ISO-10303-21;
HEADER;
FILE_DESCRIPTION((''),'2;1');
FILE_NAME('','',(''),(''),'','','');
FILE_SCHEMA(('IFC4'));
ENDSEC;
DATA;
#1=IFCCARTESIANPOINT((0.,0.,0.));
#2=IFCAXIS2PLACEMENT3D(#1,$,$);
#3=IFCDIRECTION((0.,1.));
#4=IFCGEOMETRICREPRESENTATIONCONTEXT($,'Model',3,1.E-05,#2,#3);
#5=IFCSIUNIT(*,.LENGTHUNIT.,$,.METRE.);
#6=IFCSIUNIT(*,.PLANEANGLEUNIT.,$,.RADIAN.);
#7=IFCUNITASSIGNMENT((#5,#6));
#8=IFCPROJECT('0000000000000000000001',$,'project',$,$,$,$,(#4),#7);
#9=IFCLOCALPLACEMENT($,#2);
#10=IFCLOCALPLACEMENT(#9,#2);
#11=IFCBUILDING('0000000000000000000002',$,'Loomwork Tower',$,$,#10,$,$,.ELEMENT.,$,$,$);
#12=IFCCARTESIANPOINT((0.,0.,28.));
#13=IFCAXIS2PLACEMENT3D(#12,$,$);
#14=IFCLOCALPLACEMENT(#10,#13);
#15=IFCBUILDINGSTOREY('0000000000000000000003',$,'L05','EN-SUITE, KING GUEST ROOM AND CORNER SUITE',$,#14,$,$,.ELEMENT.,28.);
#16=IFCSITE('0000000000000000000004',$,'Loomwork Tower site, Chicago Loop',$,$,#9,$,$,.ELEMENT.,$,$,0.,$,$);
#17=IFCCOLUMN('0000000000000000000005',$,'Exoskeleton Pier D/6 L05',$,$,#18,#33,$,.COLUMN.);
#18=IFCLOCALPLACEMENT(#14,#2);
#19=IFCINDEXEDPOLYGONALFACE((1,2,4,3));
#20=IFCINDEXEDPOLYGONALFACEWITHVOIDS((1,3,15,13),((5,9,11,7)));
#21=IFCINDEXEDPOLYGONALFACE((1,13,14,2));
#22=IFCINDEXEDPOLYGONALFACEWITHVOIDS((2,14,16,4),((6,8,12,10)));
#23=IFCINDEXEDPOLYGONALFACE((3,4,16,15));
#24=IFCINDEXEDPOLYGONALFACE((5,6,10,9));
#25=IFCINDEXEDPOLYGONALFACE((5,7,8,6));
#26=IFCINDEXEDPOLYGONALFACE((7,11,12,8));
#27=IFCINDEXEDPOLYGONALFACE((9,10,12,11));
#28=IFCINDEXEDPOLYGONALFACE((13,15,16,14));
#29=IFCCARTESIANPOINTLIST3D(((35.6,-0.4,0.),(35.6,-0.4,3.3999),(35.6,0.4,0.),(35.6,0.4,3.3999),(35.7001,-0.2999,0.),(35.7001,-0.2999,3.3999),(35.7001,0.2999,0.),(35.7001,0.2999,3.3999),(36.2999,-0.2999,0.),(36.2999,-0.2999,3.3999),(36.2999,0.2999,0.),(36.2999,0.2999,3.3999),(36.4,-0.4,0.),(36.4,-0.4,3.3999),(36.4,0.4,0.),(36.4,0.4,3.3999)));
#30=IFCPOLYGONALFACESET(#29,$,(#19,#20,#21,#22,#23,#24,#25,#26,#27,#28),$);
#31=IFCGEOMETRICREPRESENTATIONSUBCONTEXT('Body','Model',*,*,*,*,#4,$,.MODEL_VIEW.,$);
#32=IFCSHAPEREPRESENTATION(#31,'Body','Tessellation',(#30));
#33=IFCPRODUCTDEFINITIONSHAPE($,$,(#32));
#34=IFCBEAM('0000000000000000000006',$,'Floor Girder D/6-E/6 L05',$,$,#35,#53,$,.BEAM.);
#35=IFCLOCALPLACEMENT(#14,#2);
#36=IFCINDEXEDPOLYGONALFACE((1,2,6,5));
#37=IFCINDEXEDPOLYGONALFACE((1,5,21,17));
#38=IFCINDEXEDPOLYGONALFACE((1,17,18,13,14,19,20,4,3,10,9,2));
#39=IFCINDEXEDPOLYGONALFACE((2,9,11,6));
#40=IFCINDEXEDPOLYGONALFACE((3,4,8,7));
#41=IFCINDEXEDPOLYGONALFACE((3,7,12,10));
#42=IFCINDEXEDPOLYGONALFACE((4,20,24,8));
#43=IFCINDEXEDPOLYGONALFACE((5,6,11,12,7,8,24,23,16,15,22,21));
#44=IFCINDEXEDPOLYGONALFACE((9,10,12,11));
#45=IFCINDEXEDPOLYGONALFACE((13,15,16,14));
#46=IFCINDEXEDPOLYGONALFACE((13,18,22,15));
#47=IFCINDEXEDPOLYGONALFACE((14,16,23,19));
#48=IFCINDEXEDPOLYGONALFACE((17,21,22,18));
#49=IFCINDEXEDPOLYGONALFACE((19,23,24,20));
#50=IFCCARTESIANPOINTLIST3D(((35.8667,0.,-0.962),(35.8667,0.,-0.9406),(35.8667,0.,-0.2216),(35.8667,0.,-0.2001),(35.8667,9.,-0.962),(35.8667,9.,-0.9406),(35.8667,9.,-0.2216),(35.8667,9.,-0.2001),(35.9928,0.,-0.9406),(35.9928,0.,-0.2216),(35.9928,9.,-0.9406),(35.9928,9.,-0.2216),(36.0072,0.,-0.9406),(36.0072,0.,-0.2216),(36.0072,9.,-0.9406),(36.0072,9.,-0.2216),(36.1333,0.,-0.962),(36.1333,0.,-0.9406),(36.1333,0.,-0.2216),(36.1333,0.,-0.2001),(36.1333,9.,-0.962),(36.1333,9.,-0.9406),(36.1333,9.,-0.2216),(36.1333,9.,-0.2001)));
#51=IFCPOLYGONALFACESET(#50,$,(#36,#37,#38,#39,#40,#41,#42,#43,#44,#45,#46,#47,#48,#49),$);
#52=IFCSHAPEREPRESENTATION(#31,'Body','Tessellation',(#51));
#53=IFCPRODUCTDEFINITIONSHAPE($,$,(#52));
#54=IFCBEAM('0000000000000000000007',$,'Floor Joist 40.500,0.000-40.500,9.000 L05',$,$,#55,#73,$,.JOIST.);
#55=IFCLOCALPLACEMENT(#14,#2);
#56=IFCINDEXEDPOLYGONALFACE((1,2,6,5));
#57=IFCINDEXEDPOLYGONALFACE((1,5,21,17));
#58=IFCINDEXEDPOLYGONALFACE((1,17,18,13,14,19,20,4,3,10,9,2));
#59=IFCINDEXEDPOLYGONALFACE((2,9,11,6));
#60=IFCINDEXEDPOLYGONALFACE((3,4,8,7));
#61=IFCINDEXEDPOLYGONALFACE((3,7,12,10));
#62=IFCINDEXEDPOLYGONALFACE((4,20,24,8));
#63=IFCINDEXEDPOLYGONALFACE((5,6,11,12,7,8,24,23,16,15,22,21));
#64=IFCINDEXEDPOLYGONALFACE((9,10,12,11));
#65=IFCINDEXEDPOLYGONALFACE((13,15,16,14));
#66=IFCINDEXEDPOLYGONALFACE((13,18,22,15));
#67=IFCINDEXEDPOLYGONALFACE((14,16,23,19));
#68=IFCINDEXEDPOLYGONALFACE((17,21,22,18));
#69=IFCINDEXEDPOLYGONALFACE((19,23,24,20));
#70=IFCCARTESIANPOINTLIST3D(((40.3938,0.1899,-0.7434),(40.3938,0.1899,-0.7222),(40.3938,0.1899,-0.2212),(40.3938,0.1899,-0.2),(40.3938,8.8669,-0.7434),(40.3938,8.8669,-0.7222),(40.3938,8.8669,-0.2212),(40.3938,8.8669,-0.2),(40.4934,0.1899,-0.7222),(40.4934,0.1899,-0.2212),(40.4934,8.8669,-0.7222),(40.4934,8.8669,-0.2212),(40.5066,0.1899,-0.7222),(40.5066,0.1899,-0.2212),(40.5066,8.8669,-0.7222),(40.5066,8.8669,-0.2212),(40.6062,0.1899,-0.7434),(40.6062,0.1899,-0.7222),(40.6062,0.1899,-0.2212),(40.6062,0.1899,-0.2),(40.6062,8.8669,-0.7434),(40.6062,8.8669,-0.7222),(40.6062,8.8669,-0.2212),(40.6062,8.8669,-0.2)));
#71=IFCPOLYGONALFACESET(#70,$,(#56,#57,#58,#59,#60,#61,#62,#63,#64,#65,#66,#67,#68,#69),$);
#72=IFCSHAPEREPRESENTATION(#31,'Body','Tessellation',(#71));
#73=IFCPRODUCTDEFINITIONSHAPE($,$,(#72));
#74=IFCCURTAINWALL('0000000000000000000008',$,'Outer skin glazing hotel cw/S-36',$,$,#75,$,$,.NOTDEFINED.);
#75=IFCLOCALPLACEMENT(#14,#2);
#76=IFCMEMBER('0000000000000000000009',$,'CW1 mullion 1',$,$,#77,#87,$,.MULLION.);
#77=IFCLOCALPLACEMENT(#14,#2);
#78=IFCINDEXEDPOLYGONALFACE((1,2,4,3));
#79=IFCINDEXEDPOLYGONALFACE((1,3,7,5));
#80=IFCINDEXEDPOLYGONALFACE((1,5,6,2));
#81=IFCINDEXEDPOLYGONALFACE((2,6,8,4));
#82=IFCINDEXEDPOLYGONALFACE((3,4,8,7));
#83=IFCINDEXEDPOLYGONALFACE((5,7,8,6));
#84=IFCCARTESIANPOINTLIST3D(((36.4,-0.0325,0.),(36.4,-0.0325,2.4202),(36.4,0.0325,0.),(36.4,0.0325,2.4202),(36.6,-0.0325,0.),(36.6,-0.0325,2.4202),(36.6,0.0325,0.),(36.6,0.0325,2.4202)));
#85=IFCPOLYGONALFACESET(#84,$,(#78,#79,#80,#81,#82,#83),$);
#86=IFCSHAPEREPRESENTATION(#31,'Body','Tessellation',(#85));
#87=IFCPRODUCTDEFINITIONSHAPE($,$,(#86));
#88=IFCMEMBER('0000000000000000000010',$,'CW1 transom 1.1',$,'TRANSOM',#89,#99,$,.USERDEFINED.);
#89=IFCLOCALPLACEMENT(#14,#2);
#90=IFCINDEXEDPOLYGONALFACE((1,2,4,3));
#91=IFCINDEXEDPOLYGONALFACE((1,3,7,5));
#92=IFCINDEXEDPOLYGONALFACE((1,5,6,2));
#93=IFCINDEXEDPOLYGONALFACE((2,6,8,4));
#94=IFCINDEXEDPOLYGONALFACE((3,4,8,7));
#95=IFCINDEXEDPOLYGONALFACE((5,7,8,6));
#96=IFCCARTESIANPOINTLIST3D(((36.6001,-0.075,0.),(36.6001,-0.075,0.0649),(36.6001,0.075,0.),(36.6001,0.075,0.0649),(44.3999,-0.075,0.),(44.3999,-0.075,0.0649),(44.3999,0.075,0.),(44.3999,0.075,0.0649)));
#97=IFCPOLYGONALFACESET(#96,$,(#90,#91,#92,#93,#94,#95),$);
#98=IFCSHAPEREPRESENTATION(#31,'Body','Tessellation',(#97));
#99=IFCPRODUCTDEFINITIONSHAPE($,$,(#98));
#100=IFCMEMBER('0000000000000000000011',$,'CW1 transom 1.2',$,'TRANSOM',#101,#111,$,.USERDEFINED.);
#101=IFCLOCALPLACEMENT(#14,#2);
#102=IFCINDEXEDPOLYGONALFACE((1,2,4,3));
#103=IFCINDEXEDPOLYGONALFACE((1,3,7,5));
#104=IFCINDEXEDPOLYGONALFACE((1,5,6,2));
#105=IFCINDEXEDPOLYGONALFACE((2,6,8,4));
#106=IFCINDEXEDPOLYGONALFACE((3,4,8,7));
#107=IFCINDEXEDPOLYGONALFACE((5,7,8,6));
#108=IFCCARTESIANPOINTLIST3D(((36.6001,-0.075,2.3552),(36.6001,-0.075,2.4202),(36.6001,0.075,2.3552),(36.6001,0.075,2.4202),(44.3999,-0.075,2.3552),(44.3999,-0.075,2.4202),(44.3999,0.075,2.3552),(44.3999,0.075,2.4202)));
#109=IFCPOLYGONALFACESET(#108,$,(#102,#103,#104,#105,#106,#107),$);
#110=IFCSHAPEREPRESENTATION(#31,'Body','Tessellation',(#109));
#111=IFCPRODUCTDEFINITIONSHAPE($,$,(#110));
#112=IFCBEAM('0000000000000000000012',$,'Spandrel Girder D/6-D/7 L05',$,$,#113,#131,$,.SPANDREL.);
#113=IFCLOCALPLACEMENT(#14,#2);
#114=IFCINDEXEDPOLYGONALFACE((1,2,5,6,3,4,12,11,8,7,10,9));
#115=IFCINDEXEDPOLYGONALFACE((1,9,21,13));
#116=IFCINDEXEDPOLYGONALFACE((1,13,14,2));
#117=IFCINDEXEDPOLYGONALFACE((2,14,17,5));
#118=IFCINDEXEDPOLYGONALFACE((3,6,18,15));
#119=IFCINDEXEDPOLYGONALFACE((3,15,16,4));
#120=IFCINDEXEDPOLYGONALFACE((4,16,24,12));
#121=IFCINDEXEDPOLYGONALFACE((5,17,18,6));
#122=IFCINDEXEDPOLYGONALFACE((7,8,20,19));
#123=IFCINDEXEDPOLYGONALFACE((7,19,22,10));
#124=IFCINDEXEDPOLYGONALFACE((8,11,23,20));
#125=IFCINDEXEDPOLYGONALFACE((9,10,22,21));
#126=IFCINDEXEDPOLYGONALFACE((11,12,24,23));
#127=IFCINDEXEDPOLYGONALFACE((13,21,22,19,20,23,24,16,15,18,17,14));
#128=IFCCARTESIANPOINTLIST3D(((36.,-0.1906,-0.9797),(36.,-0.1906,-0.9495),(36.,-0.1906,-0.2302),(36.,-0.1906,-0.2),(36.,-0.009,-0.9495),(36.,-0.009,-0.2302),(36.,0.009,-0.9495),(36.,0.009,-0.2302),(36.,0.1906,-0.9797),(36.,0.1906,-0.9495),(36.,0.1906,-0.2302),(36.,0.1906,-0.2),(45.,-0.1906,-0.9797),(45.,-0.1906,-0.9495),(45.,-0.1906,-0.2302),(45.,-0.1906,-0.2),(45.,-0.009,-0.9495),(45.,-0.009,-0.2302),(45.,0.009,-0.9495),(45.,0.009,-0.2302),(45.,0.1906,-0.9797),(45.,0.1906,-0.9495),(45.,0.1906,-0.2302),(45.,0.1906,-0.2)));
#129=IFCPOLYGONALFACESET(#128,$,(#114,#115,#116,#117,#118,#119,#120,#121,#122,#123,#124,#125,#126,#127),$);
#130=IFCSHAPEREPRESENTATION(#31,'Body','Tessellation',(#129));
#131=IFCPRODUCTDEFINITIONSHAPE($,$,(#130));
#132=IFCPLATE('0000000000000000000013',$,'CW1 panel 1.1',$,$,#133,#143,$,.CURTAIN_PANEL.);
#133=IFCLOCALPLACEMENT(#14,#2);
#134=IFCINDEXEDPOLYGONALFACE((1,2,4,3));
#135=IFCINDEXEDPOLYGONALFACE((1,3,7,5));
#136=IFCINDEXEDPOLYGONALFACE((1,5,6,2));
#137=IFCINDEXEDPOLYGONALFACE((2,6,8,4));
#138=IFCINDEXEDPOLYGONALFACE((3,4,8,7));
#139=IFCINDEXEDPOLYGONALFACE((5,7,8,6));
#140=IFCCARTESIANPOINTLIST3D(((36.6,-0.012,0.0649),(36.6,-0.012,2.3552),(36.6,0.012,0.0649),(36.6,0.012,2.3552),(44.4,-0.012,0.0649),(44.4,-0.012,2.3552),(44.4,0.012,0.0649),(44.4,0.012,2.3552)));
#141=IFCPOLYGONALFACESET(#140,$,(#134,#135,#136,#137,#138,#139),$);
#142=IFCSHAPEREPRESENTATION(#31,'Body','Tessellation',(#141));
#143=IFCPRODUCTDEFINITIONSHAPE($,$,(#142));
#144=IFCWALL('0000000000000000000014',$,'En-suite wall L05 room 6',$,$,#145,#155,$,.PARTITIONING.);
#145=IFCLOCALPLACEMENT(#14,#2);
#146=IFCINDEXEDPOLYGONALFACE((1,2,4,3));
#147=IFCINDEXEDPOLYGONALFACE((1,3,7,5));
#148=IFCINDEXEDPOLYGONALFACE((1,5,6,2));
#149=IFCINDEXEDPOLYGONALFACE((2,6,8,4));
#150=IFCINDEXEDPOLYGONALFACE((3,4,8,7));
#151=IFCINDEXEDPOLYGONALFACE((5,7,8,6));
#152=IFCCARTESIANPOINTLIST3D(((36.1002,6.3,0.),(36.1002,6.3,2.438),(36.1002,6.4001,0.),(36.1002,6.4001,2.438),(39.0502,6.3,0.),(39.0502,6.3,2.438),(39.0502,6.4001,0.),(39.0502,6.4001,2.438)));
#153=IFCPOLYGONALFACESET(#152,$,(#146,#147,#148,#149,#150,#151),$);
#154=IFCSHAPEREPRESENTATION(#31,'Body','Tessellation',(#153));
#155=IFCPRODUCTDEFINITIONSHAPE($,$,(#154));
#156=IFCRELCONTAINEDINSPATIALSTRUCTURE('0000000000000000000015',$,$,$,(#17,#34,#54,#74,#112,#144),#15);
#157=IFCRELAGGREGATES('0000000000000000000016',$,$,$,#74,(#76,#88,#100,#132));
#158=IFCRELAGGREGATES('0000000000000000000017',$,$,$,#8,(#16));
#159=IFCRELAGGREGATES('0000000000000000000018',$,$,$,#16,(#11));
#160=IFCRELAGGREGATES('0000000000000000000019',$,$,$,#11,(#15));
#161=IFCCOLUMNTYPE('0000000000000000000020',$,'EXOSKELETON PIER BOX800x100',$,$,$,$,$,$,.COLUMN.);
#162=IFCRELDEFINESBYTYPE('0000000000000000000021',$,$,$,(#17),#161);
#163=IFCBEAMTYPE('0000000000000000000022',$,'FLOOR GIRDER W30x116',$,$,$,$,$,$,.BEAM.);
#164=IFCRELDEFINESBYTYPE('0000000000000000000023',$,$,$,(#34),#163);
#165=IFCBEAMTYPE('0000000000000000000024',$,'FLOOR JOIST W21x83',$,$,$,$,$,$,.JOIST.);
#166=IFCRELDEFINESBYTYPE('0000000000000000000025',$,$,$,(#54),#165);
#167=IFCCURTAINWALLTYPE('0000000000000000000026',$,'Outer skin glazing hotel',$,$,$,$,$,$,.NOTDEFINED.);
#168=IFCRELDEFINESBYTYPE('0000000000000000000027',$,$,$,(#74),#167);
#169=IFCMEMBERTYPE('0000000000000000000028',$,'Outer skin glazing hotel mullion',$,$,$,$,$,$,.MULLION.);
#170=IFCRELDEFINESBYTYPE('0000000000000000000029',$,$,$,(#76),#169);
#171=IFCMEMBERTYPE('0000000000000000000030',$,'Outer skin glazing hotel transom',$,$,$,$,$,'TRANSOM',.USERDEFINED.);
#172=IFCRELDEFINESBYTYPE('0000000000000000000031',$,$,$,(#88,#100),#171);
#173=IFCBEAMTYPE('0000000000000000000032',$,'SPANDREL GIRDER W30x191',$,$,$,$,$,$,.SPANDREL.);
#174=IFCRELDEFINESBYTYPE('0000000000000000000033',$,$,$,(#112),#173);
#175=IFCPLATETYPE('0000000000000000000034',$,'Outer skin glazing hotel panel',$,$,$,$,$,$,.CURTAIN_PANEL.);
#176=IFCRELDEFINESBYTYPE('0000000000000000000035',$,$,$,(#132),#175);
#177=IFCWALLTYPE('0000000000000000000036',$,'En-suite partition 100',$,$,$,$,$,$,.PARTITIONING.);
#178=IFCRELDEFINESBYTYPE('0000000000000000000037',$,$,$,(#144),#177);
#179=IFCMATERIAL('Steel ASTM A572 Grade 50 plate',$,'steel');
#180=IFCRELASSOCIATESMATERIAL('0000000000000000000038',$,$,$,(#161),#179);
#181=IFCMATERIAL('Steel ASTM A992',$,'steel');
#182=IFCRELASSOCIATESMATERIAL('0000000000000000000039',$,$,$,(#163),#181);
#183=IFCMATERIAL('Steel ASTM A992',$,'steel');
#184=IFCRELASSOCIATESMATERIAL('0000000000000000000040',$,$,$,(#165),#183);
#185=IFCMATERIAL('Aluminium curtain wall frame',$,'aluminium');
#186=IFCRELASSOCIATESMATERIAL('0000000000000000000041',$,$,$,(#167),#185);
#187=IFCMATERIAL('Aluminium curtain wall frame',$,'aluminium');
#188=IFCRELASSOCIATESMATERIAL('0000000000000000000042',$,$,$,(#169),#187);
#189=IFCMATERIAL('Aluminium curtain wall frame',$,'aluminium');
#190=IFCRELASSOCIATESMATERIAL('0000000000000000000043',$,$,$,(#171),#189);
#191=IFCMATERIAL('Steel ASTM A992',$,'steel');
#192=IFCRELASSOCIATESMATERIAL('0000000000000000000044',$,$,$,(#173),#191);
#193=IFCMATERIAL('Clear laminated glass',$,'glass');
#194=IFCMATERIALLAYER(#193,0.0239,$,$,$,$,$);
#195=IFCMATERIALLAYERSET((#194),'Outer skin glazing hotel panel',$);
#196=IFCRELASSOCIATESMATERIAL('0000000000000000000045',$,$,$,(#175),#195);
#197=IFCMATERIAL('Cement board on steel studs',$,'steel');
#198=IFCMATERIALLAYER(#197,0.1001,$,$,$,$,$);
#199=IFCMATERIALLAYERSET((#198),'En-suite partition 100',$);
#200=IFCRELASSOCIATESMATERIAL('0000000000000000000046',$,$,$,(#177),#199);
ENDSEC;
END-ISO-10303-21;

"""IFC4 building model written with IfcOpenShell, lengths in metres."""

from ifc_helpers import new_model, si_unit, direction, frame, frame_2d, origin, origin_2d, place, context, subcontext, project, spatial, rectangle, hollow_rectangle, i_section, extrude, material, layer, layer_set, material_profile, profile_set, type_object, element, aggregate, save


model = new_model("IFC4")

# Units and contexts
model_context = context("Model", 3, precision=1e-05, world=origin(), true_north=direction((0.0, 1.0)))
body_context = subcontext(model_context, "Body", "Model", "MODEL_VIEW")
ifc_project = project(units=[si_unit("LENGTHUNIT", "METRE"), si_unit("PLANEANGLEUNIT", "RADIAN")], contexts=[model_context])

# Site, building, storey
site_placement = place(None, origin())
site = spatial("IfcSite", under=ifc_project, at=site_placement, Name="Loomwork Tower site, Chicago Loop", CompositionType="ELEMENT", RefElevation=0.0)
building_placement = place(site_placement, origin())
building = spatial("IfcBuilding", under=site, at=building_placement, Name="Loomwork Tower", CompositionType="ELEMENT")
storey_placement = place(building_placement, frame((0.0, 0.0, 28.0)))
storey = spatial("IfcBuildingStorey", under=building, at=storey_placement, Name="L05", Description="EN-SUITE, KING GUEST ROOM AND CORNER SUITE", CompositionType="ELEMENT", Elevation=28.0)

# Column
ifc_material_1 = material(Name="Steel ASTM A572 Grade 50 plate", Category="steel")
ifc_material_profile_1 = material_profile(ifc_material_1, hollow_rectangle(XDim=0.8, YDim=0.8, WallThickness=0.1001, at=origin_2d()), Name="BOX800x100")
ifc_profile_set_1 = profile_set([ifc_material_profile_1], Name="Steel ASTM A572 Grade 50 plate")
column_type = type_object("IfcColumnType", Name="EXOSKELETON PIER BOX800x100", PredefinedType="COLUMN", material=ifc_profile_set_1)
column_placement = place(storey_placement, frame((36.0, 0.0, 0.0), z_axis=(0.0, 0.0, 1.0), x_axis=(1.0, 0.0, 0.0)))
element("IfcColumn", 1, at=column_placement, inside=storey, type_object=column_type, Name="Exoskeleton Pier D/6 L05", PredefinedType="COLUMN", context=body_context, shape_type="SweptSolid", body=[
    extrude(hollow_rectangle(XDim=0.8, YDim=0.8, WallThickness=0.1001, at=origin_2d()), origin(), (0.0, 0.0, 1.0), 3.3999),
])

# Beams
ifc_material_2 = material(Name="Steel ASTM A992", Category="steel")
ifc_material_profile_2 = material_profile(ifc_material_2, i_section(OverallWidth=0.2666, OverallDepth=0.762, WebThickness=0.0144, FlangeThickness=0.0215, at=origin_2d()), Name="W30x116")
ifc_profile_set_2 = profile_set([ifc_material_profile_2], Name="Steel ASTM A992")
beam_type_1 = type_object("IfcBeamType", Name="FLOOR GIRDER W30x116", PredefinedType="BEAM", material=ifc_profile_set_2)
beam_1_placement = place(storey_placement, frame((36.0, 0.0, -0.5811), z_axis=(0.0, 1.0, 0.0), x_axis=(-1.0, 0.0, 0.0)))
element("IfcBeam", 2, at=beam_1_placement, inside=storey, type_object=beam_type_1, Name="Floor Girder D/6-E/6 L05", PredefinedType="BEAM", context=body_context, shape_type="SweptSolid", body=[
    extrude(i_section(OverallWidth=0.2666, OverallDepth=0.762, WebThickness=0.0144, FlangeThickness=0.0215, at=origin_2d()), origin(), (0.0, 0.0, 1.0), 9.0),
])
ifc_material_3 = material(Name="Steel ASTM A992", Category="steel")
ifc_material_profile_3 = material_profile(ifc_material_3, i_section(OverallWidth=0.2124, OverallDepth=0.5435, WebThickness=0.0132, FlangeThickness=0.0212, at=origin_2d()), Name="W21x83")
ifc_profile_set_3 = profile_set([ifc_material_profile_3], Name="Steel ASTM A992")
beam_type_2 = type_object("IfcBeamType", Name="FLOOR JOIST W21x83", PredefinedType="JOIST", material=ifc_profile_set_3)
beam_2_placement = place(storey_placement, frame((40.5, 0.1899, -0.4717), z_axis=(0.0, 1.0, 0.0), x_axis=(-1.0, 0.0, 0.0)))
element("IfcBeam", 3, at=beam_2_placement, inside=storey, type_object=beam_type_2, Name="Floor Joist 40.500,0.000-40.500,9.000 L05", PredefinedType="JOIST", context=body_context, shape_type="SweptSolid", body=[
    extrude(i_section(OverallWidth=0.2124, OverallDepth=0.5435, WebThickness=0.0132, FlangeThickness=0.0212, at=origin_2d()), origin(), (0.0, 0.0, 1.0), 8.677),
])

# Curtain wall, members
ifc_material_4 = material(Name="Aluminium curtain wall frame", Category="aluminium")
curtain_wall_type = type_object("IfcCurtainWallType", Name="Outer skin glazing hotel", PredefinedType="NOTDEFINED", material=ifc_material_4)
curtain_wall_placement = place(storey_placement, origin())
curtain_wall = element("IfcCurtainWall", 4, at=curtain_wall_placement, inside=storey, type_object=curtain_wall_type, Name="Outer skin glazing hotel cw/S-36", PredefinedType="NOTDEFINED")
ifc_material_5 = material(Name="Aluminium curtain wall frame", Category="aluminium")
ifc_material_profile_4 = material_profile(ifc_material_5, rectangle(XDim=0.0649, YDim=0.2, at=origin_2d()), Name="AL 65x200")
ifc_profile_set_4 = profile_set([ifc_material_profile_4], Name="Aluminium curtain wall frame")
member_type_1 = type_object("IfcMemberType", Name="Outer skin glazing hotel mullion", PredefinedType="MULLION", material=ifc_profile_set_4)
member_1_placement = place(storey_placement, frame((36.5, 0.0, 0.0), z_axis=(0.0, 0.0, 1.0), x_axis=(0.0, 1.0, 0.0)))
member_1 = element("IfcMember", 5, at=member_1_placement, type_object=member_type_1, Name="CW1 mullion 1", PredefinedType="MULLION", context=body_context, shape_type="SweptSolid", body=[
    extrude(rectangle(XDim=0.0649, YDim=0.2, at=origin_2d()), origin(), (0.0, 0.0, 1.0), 2.4202),
])
ifc_material_6 = material(Name="Aluminium curtain wall frame", Category="aluminium")
ifc_material_profile_5 = material_profile(ifc_material_6, rectangle(XDim=0.1499, YDim=0.0649, at=origin_2d()), Name="AL 65x150")
ifc_profile_set_5 = profile_set([ifc_material_profile_5], Name="Aluminium curtain wall frame")
member_type_2 = type_object("IfcMemberType", Name="Outer skin glazing hotel transom", ElementType="TRANSOM", PredefinedType="USERDEFINED", material=ifc_profile_set_5)
member_2_placement = place(storey_placement, frame((36.6001, 0.0, 0.0325), z_axis=(1.0, 0.0, 0.0), x_axis=(0.0, 1.0, 0.0)))
member_2 = element("IfcMember", 6, at=member_2_placement, type_object=member_type_2, Name="CW1 transom 1.1", ObjectType="TRANSOM", PredefinedType="USERDEFINED", context=body_context, shape_type="SweptSolid", body=[
    extrude(rectangle(XDim=0.1499, YDim=0.0649, at=origin_2d()), origin(), (0.0, 0.0, 1.0), 7.7998),
])
member_3_placement = place(storey_placement, frame((36.6001, 0.0, 2.3877), z_axis=(1.0, 0.0, 0.0), x_axis=(0.0, 1.0, 0.0)))
member_3 = element("IfcMember", 7, at=member_3_placement, type_object=member_type_2, Name="CW1 transom 1.2", ObjectType="TRANSOM", PredefinedType="USERDEFINED", context=body_context, shape_type="SweptSolid", body=[
    extrude(rectangle(XDim=0.1499, YDim=0.0649, at=origin_2d()), origin(), (0.0, 0.0, 1.0), 7.7998),
])

# Beam
ifc_material_7 = material(Name="Steel ASTM A992", Category="steel")
ifc_material_profile_6 = material_profile(ifc_material_7, i_section(OverallWidth=0.3811, OverallDepth=0.7798, WebThickness=0.0181, FlangeThickness=0.0303, at=origin_2d()), Name="W30x191")
ifc_profile_set_6 = profile_set([ifc_material_profile_6], Name="Steel ASTM A992")
beam_type_3 = type_object("IfcBeamType", Name="SPANDREL GIRDER W30x191", PredefinedType="SPANDREL", material=ifc_profile_set_6)
beam_3_placement = place(storey_placement, frame((36.0, 0.0, -0.5898), z_axis=(1.0, 0.0, 0.0), x_axis=(0.0, 1.0, 0.0)))
element("IfcBeam", 8, at=beam_3_placement, inside=storey, type_object=beam_type_3, Name="Spandrel Girder D/6-D/7 L05", PredefinedType="SPANDREL", context=body_context, shape_type="SweptSolid", body=[
    extrude(i_section(OverallWidth=0.3811, OverallDepth=0.7798, WebThickness=0.0181, FlangeThickness=0.0303, at=origin_2d()), origin(), (0.0, 0.0, 1.0), 9.0),
])

# Plate
ifc_material_8 = material(Name="Clear laminated glass", Category="glass")
ifc_layer_1 = layer(ifc_material_8, 0.0239)
ifc_layer_set_1 = layer_set([ifc_layer_1], Name="Outer skin glazing hotel panel")
plate_type = type_object("IfcPlateType", Name="Outer skin glazing hotel panel", PredefinedType="CURTAIN_PANEL", material=ifc_layer_set_1)
plate_placement = place(storey_placement, frame((40.5, 0.0, 0.0649), z_axis=(0.0, 0.0, 1.0), x_axis=(1.0, 0.0, 0.0)))
plate = element("IfcPlate", 9, at=plate_placement, type_object=plate_type, Name="CW1 panel 1.1", PredefinedType="CURTAIN_PANEL", context=body_context, shape_type="SweptSolid", body=[
    extrude(rectangle(XDim=7.8, YDim=0.0239, at=origin_2d()), origin(), (0.0, 0.0, 1.0), 2.2903),
])
aggregate(curtain_wall, [member_1, member_2, member_3, plate])

# Wall
ifc_material_9 = material(Name="Cement board on steel studs", Category="steel")
ifc_layer_2 = layer(ifc_material_9, 0.1001)
ifc_layer_set_2 = layer_set([ifc_layer_2], Name="En-suite partition 100")
wall_type_1 = type_object("IfcWallType", Name="En-suite partition 100", PredefinedType="PARTITIONING", material=ifc_layer_set_2)
wall_1_placement = place(storey_placement, frame((36.1001, 6.3501, 0.0), z_axis=(0.0, 0.0, 1.0), x_axis=(1.0, 0.0, 0.0)))
element("IfcWall", 10, at=wall_1_placement, inside=storey, type_object=wall_type_1, Name="En-suite wall L05 room 6", PredefinedType="PARTITIONING", context=body_context, shape_type="SweptSolid", body=[
    extrude(rectangle(XDim=2.95, YDim=0.1001, at=frame_2d((1.4751, 0.0))), origin(), (0.0, 0.0, 1.0), 2.438),
])

save(model, "model.ifc")
